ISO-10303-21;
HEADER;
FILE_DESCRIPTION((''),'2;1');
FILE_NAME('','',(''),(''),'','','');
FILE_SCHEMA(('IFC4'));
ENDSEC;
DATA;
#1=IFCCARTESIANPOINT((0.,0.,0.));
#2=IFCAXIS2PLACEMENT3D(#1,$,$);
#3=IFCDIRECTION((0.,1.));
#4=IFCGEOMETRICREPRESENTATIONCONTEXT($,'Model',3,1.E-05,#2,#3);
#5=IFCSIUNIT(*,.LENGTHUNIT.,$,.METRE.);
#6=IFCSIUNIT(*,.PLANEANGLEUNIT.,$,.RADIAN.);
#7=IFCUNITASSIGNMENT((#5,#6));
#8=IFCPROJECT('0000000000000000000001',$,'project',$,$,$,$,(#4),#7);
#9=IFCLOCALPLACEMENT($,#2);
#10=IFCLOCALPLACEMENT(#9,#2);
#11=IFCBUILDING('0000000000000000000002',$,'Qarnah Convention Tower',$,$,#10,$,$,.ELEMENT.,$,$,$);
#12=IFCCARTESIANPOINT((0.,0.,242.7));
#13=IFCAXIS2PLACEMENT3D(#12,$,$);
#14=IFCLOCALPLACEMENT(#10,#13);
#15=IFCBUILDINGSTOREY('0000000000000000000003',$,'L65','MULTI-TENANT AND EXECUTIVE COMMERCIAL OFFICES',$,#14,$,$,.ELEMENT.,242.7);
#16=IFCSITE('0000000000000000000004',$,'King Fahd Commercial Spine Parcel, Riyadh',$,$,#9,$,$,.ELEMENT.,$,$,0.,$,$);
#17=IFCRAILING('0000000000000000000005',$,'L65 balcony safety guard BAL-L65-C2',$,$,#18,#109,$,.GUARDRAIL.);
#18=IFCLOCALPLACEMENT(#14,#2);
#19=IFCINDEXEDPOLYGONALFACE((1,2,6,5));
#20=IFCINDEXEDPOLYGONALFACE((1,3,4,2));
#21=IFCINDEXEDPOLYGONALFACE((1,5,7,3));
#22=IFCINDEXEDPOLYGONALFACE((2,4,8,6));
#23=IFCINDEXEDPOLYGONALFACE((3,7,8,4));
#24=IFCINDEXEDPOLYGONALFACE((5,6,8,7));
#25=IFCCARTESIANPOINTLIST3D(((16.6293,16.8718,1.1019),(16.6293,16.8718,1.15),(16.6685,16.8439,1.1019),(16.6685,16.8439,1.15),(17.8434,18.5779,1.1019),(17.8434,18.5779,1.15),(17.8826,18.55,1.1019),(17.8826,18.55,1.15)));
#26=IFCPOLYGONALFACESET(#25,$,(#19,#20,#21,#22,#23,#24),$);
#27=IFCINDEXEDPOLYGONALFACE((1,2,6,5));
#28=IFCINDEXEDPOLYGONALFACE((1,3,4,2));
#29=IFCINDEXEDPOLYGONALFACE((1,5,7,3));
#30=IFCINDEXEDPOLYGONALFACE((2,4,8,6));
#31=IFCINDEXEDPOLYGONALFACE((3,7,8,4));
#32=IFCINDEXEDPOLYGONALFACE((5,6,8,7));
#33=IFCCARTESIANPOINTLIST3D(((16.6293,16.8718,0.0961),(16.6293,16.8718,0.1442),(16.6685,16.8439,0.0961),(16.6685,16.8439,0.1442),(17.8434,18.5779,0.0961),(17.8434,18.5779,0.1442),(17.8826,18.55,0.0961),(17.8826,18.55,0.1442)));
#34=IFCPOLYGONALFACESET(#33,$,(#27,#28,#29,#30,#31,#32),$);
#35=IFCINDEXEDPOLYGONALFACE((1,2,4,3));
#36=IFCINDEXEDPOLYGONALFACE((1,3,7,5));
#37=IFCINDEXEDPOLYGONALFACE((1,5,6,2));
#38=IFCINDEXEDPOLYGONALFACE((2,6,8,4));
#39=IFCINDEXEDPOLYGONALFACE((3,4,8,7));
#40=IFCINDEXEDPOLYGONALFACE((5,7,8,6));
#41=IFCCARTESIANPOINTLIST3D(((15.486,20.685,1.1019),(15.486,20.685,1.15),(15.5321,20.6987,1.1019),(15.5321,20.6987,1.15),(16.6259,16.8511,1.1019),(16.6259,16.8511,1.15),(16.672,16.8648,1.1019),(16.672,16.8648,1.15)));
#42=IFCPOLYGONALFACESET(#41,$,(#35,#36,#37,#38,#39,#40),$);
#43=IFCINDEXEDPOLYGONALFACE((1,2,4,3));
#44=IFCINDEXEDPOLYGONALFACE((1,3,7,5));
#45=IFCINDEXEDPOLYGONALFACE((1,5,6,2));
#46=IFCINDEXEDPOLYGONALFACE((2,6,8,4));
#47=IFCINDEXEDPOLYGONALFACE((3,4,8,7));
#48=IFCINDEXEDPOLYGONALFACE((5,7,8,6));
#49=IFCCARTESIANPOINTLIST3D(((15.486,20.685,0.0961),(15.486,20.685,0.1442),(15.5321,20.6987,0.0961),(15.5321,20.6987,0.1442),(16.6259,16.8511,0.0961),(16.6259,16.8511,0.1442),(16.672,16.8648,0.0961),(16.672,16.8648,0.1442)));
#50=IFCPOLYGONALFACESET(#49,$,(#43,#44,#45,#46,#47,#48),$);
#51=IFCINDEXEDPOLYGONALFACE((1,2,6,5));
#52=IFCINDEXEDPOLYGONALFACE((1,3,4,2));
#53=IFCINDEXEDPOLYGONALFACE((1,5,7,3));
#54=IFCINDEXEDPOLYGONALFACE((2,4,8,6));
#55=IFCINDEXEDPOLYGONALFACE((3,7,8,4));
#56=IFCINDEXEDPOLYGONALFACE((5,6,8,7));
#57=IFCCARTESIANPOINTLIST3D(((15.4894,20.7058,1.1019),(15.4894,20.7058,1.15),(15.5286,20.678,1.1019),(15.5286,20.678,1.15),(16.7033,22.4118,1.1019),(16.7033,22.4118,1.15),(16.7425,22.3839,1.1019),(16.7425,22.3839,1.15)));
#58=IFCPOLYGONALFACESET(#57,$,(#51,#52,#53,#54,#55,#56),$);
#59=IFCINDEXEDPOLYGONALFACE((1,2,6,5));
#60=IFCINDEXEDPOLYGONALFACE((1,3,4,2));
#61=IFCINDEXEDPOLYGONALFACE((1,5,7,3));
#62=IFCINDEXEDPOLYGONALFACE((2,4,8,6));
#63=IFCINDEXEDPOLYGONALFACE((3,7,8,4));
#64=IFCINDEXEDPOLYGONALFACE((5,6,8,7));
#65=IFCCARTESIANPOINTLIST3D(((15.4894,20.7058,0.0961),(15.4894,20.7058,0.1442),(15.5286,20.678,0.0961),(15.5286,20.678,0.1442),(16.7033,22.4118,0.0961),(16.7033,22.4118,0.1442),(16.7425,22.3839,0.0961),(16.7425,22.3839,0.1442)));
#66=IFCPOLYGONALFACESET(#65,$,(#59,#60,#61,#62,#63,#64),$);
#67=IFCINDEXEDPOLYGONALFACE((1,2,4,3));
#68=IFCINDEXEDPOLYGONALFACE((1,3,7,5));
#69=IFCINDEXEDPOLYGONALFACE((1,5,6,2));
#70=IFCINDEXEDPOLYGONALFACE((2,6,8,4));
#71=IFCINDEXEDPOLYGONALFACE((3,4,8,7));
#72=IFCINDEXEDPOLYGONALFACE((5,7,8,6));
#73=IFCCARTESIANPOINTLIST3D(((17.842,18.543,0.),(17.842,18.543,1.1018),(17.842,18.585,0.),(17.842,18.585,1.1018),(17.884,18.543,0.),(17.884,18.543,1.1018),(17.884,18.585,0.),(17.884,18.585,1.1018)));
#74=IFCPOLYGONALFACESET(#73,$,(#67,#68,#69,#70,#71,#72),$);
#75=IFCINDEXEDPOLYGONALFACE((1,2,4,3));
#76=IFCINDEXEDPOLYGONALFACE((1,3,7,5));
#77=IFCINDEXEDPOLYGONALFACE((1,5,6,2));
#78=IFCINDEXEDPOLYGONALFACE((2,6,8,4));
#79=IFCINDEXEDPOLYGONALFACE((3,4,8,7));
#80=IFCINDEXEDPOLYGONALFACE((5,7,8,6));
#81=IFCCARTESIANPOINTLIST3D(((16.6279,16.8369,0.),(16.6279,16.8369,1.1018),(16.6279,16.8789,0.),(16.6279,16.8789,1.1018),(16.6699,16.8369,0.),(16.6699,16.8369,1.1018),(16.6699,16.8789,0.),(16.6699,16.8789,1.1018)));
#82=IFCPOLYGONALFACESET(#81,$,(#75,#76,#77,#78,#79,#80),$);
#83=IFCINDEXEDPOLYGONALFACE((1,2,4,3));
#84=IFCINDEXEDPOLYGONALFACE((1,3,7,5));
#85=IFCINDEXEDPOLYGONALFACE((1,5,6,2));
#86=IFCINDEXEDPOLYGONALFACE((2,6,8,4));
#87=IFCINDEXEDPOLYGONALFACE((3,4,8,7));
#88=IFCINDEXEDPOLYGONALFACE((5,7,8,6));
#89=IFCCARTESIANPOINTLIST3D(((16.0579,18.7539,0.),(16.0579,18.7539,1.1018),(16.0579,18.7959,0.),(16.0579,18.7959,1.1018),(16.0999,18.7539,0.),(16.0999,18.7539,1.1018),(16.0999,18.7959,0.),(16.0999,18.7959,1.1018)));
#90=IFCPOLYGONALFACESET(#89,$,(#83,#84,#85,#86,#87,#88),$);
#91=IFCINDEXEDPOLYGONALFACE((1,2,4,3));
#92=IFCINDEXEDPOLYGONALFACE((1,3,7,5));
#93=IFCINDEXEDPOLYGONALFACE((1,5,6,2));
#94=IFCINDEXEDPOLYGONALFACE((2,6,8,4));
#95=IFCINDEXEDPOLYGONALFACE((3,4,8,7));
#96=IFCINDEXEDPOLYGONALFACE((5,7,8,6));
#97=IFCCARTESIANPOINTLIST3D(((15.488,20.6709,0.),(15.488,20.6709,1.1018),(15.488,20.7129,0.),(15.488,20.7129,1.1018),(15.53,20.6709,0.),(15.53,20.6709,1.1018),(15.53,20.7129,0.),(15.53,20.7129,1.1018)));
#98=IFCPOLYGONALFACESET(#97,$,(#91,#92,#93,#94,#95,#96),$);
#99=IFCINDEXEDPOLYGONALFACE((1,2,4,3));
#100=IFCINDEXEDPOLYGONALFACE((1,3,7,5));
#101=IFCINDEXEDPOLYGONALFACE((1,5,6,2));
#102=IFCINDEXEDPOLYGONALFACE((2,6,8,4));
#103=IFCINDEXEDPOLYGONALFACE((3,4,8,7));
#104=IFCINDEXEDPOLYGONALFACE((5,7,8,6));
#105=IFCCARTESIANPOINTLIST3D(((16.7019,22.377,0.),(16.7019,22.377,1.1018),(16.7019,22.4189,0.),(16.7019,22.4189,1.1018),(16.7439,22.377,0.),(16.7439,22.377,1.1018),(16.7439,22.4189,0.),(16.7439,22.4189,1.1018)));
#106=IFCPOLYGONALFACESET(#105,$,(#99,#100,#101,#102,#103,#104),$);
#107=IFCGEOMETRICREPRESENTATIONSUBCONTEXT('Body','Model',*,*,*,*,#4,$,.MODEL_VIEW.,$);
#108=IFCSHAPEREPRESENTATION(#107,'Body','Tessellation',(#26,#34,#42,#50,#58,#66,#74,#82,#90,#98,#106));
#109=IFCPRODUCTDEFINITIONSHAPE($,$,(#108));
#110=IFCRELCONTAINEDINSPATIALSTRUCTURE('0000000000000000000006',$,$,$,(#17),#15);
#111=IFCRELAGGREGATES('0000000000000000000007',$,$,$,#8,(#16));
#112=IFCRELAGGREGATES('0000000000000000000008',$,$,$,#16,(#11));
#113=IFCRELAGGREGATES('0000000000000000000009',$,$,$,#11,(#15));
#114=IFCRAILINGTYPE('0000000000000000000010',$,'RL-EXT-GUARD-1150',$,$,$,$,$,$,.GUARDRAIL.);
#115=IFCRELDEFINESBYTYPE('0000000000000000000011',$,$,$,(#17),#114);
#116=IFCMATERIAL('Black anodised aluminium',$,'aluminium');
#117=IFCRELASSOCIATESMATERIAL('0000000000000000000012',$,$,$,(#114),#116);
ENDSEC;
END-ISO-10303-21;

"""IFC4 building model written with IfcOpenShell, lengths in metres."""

from ifc_helpers import new_model, si_unit, direction, frame, origin, origin_2d, place, context, subcontext, project, spatial, rectangle, extrude, material, type_object, element, save


model = new_model("IFC4")

# Units and contexts
model_context = context("Model", 3, precision=1e-05, world=origin(), true_north=direction((0.0, 1.0)))
body_context = subcontext(model_context, "Body", "Model", "MODEL_VIEW")
ifc_project = project(units=[si_unit("LENGTHUNIT", "METRE"), si_unit("PLANEANGLEUNIT", "RADIAN")], contexts=[model_context])

# Site, building, storey
site_placement = place(None, origin())
site = spatial("IfcSite", under=ifc_project, at=site_placement, Name="King Fahd Commercial Spine Parcel, Riyadh", CompositionType="ELEMENT", RefElevation=0.0)
building_placement = place(site_placement, origin())
building = spatial("IfcBuilding", under=site, at=building_placement, Name="Qarnah Convention Tower", CompositionType="ELEMENT")
storey_placement = place(building_placement, frame((0.0, 0.0, 242.7)))
storey = spatial("IfcBuildingStorey", under=building, at=storey_placement, Name="L65", Description="MULTI-TENANT AND EXECUTIVE COMMERCIAL OFFICES", CompositionType="ELEMENT", Elevation=242.7)

# Shared definitions
ifc_material_1 = material(Name="Black anodised aluminium", Category="aluminium")

# Railing
railing_type = type_object("IfcRailingType", Name="RL-EXT-GUARD-1150", PredefinedType="GUARDRAIL", material=ifc_material_1)
railing_1_placement = place(storey_placement, frame((17.863, 18.564, 0.0)))
element("IfcRailing", 1, at=railing_1_placement, inside=storey, type_object=railing_type, Name="L65 balcony safety guard BAL-L65-C2", PredefinedType="GUARDRAIL", context=body_context, shape_type="SweptSolid", body=[
    extrude(rectangle(XDim=0.0481, YDim=0.0481, at=origin_2d()), frame((0.0, 0.0, 1.126), z_axis=(-0.579815, -0.814748, 0.0), x_axis=(0.814748, -0.579815, 0.0)), (0.0, 0.0, 1.0), 2.094),
    extrude(rectangle(XDim=0.0481, YDim=0.0481, at=origin_2d()), frame((0.0, 0.0, 0.1201), z_axis=(-0.579815, -0.814748, 0.0), x_axis=(0.814748, -0.579815, 0.0)), (0.0, 0.0, 1.0), 2.094),
    extrude(rectangle(XDim=0.0481, YDim=0.0481, at=origin_2d()), frame((-1.2141, -1.7061, 1.126), z_axis=(-0.284984, 0.958532, 0.0), x_axis=(-0.958532, -0.284984, 0.0)), (0.0, 0.0, 1.0), 3.9998),
    extrude(rectangle(XDim=0.0481, YDim=0.0481, at=origin_2d()), frame((-1.2141, -1.7061, 0.1201), z_axis=(-0.284984, 0.958532, 0.0), x_axis=(-0.958532, -0.284984, 0.0)), (0.0, 0.0, 1.0), 3.9998),
    extrude(rectangle(XDim=0.0481, YDim=0.0481, at=origin_2d()), frame((-2.354, 2.1279, 1.126), z_axis=(0.579737, 0.814804, 0.0), x_axis=(-0.814804, 0.579737, 0.0)), (0.0, 0.0, 1.0), 2.0938),
    extrude(rectangle(XDim=0.0481, YDim=0.0481, at=origin_2d()), frame((-2.354, 2.1279, 0.1201), z_axis=(0.579737, 0.814804, 0.0), x_axis=(-0.814804, 0.579737, 0.0)), (0.0, 0.0, 1.0), 2.0938),
    extrude(rectangle(XDim=0.042, YDim=0.042, at=origin_2d()), origin(), (0.0, 0.0, 1.0), 1.1018),
    extrude(rectangle(XDim=0.042, YDim=0.042, at=origin_2d()), frame((-1.2141, -1.7061, 0.0)), (0.0, 0.0, 1.0), 1.1018),
    extrude(rectangle(XDim=0.042, YDim=0.042, at=origin_2d()), frame((-1.7842, 0.2109, 0.0)), (0.0, 0.0, 1.0), 1.1018),
    extrude(rectangle(XDim=0.042, YDim=0.042, at=origin_2d()), frame((-2.354, 2.1279, 0.0)), (0.0, 0.0, 1.0), 1.1018),
    extrude(rectangle(XDim=0.042, YDim=0.042, at=origin_2d()), frame((-1.1401, 3.834, 0.0)), (0.0, 0.0, 1.0), 1.1018),
])

save(model, "model.ifc")
